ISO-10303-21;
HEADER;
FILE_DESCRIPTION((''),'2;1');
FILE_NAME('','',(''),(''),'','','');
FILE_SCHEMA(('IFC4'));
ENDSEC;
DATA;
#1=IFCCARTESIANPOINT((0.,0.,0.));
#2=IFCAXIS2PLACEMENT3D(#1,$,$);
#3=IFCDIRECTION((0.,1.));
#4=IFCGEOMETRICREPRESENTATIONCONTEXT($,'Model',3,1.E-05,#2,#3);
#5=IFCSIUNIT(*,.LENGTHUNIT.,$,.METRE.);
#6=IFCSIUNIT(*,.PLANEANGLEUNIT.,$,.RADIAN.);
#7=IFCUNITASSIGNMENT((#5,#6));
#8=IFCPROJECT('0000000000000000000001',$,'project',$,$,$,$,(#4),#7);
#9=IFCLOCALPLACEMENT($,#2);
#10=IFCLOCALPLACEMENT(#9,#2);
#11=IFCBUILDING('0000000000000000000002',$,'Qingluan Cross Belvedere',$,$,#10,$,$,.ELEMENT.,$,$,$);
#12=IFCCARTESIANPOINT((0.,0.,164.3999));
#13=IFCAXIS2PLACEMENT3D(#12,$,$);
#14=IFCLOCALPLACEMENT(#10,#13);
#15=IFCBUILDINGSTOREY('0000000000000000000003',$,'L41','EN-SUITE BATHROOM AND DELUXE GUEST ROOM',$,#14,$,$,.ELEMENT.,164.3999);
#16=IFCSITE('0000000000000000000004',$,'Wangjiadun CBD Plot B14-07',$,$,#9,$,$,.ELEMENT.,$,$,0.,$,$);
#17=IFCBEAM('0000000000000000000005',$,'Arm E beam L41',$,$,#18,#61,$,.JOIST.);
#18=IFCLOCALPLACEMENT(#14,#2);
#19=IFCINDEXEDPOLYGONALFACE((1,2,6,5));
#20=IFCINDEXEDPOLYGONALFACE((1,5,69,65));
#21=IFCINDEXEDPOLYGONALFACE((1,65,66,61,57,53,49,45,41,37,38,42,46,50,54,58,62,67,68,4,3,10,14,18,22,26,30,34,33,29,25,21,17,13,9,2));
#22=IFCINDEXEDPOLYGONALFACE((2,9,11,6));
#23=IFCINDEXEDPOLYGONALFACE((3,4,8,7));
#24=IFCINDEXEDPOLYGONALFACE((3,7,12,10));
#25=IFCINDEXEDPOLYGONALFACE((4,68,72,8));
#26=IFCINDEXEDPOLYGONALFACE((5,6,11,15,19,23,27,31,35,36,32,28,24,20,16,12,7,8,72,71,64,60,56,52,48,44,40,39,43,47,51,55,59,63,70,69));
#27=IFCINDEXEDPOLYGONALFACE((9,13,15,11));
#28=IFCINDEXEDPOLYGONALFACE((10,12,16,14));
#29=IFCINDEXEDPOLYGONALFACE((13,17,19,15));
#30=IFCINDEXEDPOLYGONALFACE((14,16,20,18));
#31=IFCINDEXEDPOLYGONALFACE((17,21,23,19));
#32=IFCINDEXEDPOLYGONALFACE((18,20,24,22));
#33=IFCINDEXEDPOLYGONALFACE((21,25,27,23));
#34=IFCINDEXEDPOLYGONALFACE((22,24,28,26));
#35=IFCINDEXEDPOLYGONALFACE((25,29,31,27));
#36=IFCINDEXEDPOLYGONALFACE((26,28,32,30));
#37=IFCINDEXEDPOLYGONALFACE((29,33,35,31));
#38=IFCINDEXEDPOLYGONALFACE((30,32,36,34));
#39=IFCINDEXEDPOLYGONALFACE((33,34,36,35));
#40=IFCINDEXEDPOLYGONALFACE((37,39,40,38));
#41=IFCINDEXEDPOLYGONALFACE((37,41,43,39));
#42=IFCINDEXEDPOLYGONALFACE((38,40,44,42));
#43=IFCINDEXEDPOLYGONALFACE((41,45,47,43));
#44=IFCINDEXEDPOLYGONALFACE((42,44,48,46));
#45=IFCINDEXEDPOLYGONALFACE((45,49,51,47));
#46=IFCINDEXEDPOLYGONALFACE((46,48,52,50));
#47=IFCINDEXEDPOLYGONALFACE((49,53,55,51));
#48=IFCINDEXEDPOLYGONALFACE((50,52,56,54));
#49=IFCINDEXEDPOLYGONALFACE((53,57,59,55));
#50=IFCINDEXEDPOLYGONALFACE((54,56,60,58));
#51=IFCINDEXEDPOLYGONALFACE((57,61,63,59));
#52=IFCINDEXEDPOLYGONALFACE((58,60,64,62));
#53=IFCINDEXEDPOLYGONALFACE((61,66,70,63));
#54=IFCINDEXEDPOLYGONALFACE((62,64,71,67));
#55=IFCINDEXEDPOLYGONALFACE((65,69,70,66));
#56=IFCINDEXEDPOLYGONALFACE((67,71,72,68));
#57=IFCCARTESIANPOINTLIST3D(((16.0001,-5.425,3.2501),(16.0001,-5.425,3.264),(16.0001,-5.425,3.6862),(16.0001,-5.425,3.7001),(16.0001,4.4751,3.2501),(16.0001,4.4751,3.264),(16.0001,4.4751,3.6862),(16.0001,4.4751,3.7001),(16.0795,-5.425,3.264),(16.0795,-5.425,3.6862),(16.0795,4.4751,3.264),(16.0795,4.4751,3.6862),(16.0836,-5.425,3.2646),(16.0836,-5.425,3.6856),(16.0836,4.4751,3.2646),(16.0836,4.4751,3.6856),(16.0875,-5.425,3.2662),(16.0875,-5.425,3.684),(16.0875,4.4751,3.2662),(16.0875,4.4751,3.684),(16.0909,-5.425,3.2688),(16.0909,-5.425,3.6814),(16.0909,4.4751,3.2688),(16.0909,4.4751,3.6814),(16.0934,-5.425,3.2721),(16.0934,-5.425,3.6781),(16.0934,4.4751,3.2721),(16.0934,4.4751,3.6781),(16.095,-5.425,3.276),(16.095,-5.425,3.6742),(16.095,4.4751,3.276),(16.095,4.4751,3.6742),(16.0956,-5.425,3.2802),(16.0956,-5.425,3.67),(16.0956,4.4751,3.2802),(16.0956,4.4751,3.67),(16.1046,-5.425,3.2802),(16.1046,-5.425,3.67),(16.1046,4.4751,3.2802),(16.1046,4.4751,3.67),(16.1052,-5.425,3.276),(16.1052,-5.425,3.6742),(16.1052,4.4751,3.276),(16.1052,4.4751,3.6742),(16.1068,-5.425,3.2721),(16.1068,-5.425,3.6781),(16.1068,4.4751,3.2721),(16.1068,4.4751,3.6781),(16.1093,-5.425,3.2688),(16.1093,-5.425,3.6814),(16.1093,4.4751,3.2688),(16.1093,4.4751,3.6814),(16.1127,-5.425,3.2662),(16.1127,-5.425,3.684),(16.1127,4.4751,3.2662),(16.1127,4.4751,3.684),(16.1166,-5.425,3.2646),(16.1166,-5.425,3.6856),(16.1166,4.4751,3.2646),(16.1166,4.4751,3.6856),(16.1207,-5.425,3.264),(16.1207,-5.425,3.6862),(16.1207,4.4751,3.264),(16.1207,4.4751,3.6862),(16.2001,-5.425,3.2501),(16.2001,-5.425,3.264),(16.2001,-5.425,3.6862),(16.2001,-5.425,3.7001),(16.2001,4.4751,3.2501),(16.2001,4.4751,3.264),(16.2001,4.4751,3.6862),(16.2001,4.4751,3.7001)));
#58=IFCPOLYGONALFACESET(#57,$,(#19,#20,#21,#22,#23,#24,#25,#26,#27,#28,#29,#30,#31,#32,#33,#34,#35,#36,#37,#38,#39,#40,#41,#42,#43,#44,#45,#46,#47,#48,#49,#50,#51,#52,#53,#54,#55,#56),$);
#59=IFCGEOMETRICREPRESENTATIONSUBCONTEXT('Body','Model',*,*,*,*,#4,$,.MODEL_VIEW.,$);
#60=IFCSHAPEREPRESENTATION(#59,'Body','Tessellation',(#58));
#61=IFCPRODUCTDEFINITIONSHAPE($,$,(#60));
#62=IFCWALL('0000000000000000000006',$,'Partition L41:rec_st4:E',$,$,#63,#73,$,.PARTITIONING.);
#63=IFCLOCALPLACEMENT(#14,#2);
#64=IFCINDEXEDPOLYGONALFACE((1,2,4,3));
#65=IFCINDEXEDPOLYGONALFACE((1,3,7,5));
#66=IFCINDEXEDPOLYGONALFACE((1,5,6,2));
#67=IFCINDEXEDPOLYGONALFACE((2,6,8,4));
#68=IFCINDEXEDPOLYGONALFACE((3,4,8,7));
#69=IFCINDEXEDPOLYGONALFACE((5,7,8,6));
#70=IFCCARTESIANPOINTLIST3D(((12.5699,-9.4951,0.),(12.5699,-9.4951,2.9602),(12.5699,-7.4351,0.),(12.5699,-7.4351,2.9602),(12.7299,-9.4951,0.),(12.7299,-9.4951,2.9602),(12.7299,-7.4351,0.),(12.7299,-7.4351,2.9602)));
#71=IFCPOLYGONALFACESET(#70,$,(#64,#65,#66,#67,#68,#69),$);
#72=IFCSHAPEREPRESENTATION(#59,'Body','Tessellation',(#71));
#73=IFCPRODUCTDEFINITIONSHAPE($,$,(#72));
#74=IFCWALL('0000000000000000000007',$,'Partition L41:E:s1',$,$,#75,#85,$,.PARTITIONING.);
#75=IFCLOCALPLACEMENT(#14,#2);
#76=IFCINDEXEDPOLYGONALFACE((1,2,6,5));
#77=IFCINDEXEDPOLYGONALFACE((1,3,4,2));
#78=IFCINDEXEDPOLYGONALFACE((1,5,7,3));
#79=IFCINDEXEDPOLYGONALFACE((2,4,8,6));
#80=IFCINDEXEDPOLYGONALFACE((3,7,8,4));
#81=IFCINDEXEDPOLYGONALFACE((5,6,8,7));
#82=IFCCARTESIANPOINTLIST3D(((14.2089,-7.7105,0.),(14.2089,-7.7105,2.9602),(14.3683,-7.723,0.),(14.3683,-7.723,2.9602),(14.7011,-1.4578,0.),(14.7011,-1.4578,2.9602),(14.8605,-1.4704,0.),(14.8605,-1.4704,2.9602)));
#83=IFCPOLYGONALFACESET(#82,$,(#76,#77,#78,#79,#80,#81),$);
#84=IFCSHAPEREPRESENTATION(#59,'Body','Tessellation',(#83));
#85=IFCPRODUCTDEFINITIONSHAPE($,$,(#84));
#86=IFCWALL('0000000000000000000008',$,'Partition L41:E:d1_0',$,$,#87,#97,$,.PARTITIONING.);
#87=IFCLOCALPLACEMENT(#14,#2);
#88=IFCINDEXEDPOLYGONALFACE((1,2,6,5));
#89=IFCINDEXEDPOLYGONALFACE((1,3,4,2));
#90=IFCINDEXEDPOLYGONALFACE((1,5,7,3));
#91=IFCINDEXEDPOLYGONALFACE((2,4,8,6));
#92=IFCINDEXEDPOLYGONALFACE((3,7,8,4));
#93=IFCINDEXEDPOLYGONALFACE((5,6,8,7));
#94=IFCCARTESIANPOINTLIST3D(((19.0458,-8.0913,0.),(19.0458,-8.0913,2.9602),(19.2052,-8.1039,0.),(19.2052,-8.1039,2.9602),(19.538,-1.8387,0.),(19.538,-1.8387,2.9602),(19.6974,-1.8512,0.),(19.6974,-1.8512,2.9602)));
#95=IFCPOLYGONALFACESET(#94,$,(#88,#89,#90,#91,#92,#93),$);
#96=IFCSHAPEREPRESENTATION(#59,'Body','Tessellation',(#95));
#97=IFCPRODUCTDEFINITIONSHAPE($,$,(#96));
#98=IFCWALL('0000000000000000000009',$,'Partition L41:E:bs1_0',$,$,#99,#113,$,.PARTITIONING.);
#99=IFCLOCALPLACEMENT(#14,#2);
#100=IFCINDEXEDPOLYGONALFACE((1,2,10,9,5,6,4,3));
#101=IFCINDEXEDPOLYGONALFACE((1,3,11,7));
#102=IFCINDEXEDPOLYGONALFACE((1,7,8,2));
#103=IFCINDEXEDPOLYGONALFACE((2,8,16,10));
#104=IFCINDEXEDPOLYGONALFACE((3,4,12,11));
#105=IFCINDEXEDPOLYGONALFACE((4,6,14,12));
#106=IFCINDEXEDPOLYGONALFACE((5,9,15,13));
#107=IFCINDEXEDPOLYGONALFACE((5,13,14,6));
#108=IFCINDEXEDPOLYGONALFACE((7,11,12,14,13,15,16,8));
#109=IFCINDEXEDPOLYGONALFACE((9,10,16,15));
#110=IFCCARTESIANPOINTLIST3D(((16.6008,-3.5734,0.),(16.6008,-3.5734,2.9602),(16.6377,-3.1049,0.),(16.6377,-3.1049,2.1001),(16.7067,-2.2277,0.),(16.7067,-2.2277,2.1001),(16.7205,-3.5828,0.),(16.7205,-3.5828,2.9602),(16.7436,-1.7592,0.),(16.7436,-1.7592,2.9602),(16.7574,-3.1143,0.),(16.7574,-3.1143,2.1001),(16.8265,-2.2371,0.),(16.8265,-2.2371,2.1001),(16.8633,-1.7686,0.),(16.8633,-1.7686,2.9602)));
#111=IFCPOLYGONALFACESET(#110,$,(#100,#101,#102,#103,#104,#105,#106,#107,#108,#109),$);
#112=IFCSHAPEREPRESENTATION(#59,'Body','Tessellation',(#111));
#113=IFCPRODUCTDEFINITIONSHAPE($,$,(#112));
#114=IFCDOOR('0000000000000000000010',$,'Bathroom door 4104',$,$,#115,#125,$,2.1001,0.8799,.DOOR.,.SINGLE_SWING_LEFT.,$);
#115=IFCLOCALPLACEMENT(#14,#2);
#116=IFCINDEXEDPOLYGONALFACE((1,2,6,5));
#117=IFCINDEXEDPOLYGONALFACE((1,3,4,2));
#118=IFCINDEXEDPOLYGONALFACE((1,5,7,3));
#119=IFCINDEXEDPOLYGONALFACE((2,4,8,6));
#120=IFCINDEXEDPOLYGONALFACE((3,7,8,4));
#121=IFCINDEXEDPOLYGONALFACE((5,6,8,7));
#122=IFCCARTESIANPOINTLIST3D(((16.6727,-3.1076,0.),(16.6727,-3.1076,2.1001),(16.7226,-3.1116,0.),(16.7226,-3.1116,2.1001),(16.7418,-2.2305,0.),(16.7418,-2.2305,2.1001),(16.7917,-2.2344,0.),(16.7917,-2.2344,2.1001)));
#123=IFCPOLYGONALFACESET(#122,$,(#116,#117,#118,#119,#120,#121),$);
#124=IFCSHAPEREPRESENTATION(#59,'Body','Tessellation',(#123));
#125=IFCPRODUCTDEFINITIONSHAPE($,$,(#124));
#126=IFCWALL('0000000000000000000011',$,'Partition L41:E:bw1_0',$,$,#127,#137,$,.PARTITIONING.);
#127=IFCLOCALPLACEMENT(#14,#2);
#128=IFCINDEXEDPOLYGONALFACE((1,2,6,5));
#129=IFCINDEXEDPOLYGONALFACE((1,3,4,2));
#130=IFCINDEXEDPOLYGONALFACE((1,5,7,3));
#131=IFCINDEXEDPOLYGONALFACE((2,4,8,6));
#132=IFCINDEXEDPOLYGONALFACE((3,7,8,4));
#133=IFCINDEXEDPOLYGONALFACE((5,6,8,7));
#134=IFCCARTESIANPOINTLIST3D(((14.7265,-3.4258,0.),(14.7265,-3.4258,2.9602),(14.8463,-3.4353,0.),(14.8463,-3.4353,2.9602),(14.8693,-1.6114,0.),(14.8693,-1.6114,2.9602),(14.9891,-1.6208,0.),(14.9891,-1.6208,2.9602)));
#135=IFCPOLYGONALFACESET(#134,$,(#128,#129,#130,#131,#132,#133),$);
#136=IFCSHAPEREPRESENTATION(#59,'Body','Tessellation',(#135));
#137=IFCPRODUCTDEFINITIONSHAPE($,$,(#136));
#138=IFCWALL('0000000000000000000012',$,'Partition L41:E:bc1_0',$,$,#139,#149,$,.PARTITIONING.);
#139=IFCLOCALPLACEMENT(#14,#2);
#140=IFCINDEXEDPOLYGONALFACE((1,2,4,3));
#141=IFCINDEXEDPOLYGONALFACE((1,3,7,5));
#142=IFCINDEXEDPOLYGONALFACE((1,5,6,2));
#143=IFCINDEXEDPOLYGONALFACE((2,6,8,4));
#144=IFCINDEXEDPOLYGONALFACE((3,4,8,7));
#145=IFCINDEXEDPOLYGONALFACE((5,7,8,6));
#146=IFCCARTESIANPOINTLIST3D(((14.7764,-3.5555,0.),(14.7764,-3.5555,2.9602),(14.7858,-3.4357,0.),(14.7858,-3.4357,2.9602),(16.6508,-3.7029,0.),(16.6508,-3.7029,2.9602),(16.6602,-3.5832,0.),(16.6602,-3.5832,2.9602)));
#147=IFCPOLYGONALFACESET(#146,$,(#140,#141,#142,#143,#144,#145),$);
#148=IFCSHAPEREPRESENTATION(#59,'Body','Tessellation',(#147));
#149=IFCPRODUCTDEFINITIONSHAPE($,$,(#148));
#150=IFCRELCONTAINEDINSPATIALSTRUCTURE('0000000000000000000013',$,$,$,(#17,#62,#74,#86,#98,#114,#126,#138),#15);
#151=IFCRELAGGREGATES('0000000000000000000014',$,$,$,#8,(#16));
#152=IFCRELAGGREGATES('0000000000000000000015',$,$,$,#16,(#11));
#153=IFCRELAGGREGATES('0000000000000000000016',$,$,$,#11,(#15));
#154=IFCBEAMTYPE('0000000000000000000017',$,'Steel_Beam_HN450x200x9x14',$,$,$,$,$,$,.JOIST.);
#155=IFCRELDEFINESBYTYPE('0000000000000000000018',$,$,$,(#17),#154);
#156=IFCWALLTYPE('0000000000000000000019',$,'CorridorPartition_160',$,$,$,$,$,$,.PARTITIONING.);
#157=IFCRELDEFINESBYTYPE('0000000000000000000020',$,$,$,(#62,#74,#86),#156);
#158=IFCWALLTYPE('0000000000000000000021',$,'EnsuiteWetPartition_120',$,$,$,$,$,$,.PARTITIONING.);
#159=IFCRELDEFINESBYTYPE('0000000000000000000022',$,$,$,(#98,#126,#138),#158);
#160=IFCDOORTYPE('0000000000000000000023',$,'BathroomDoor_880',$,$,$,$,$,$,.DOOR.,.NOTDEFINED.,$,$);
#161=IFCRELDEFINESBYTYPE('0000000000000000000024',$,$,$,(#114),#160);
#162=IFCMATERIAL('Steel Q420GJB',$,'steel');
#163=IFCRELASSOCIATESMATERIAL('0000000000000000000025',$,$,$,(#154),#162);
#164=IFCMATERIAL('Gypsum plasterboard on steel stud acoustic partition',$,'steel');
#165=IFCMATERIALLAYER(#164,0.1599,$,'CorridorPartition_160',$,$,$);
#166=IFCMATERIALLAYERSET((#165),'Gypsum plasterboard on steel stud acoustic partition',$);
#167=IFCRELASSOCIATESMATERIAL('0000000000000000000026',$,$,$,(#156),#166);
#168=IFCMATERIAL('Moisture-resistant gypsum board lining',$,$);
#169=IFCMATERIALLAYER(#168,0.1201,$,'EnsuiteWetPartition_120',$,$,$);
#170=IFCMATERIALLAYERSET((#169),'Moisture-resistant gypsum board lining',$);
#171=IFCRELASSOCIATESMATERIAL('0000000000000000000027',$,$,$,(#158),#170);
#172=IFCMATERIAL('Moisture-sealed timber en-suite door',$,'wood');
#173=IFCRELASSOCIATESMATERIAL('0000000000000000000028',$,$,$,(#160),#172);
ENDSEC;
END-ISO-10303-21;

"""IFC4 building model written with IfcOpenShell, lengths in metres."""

from ifc_helpers import new_model, si_unit, direction, frame, frame_2d, origin, origin_2d, place, context, subcontext, project, spatial, rectangle, i_section, extrude, material, layer, layer_set, material_profile, profile_set, type_object, element, fill, save


model = new_model("IFC4")

# Units and contexts
model_context = context("Model", 3, precision=1e-05, world=origin(), true_north=direction((0.0, 1.0)))
body_context = subcontext(model_context, "Body", "Model", "MODEL_VIEW")
ifc_project = project(units=[si_unit("LENGTHUNIT", "METRE"), si_unit("PLANEANGLEUNIT", "RADIAN")], contexts=[model_context])

# Site, building, storey
site_placement = place(None, origin())
site = spatial("IfcSite", under=ifc_project, at=site_placement, Name="Wangjiadun CBD Plot B14-07", CompositionType="ELEMENT", RefElevation=0.0)
building_placement = place(site_placement, origin())
building = spatial("IfcBuilding", under=site, at=building_placement, Name="Qingluan Cross Belvedere", CompositionType="ELEMENT")
storey_placement = place(building_placement, frame((0.0, 0.0, 164.3999)))
storey = spatial("IfcBuildingStorey", under=building, at=storey_placement, Name="L41", Description="EN-SUITE BATHROOM AND DELUXE GUEST ROOM", CompositionType="ELEMENT", Elevation=164.3999)

# Beam
ifc_material_1 = material(Name="Steel Q420GJB", Category="steel")
ifc_material_profile = material_profile(ifc_material_1, i_section(OverallWidth=0.2, OverallDepth=0.45, WebThickness=0.009, FlangeThickness=0.0139, FilletRadius=0.0161, at=origin_2d()), Name="HN450x200x9x14")
ifc_profile_set = profile_set([ifc_material_profile], Name="Steel Q420GJB")
beam_type = type_object("IfcBeamType", Name="Steel_Beam_HN450x200x9x14", PredefinedType="JOIST", material=ifc_profile_set)
beam_placement = place(storey_placement, frame((16.1001, -5.425, 3.4751), z_axis=(0.0, 1.0, 0.0), x_axis=(-1.0, 0.0, 0.0)))
element("IfcBeam", 1, at=beam_placement, inside=storey, type_object=beam_type, Name="Arm E beam L41", PredefinedType="JOIST", context=body_context, shape_type="SweptSolid", body=[
    extrude(i_section(OverallWidth=0.2, OverallDepth=0.45, WebThickness=0.009, FlangeThickness=0.0139, FilletRadius=0.0161, at=origin_2d()), origin(), (0.0, 0.0, 1.0), 9.9001),
])

# Wall
ifc_material_2 = material(Name="Gypsum plasterboard on steel stud acoustic partition", Category="steel")
ifc_layer_1 = layer(ifc_material_2, 0.1599, Name="CorridorPartition_160")
ifc_layer_set_1 = layer_set([ifc_layer_1], Name="Gypsum plasterboard on steel stud acoustic partition")
wall_type_1 = type_object("IfcWallType", Name="CorridorPartition_160", PredefinedType="PARTITIONING", material=ifc_layer_set_1)
wall_1_placement = place(storey_placement, frame((12.6499, -9.4951, 0.0), z_axis=(0.0, 0.0, 1.0), x_axis=(0.0, 1.0, 0.0)))
element("IfcWall", 2, at=wall_1_placement, inside=storey, type_object=wall_type_1, Name="Partition L41:rec_st4:E", PredefinedType="PARTITIONING", context=body_context, shape_type="SweptSolid", body=[
    extrude(rectangle(XDim=2.0601, YDim=0.1599, at=frame_2d((1.03, 0.0))), origin(), (0.0, 0.0, 1.0), 2.9602),
])

# Walls
for number, where, z_axis, x_axis, name in (
    (3, (14.7808, -1.4641, 0.0), (0.0, 0.0, 1.0), (-0.078473, -0.996916, 0.0), "Partition L41:E:s1"),
    (4, (19.6177, -1.845, 0.0), (0.0, 0.0, 1.0), (-0.078473, -0.996916, 0.0), "Partition L41:E:d1_0"),
):
    element("IfcWall", number, at=place(storey_placement, frame(where, z_axis=z_axis, x_axis=x_axis)), inside=storey, type_object=wall_type_1, Name=name, PredefinedType="PARTITIONING", context=body_context, shape_type="SweptSolid", body=[
        extrude(rectangle(XDim=6.272, YDim=0.1599, at=frame_2d((3.136, 0.0))), origin(), (0.0, 0.0, 1.0), 2.9602),
    ])

# Wall, opening, door
ifc_material_3 = material(Name="Moisture-resistant gypsum board lining")
ifc_layer_2 = layer(ifc_material_3, 0.1201, Name="EnsuiteWetPartition_120")
ifc_layer_set_2 = layer_set([ifc_layer_2], Name="Moisture-resistant gypsum board lining")
wall_type_2 = type_object("IfcWallType", Name="EnsuiteWetPartition_120", PredefinedType="PARTITIONING", material=ifc_layer_set_2)
wall_2_placement = place(storey_placement, frame((16.6606, -3.5781, 0.0), z_axis=(0.0, 0.0, 1.0), x_axis=(0.078481, 0.996916, 0.0)))
wall_2 = element("IfcWall", 5, at=wall_2_placement, inside=storey, type_object=wall_type_2, Name="Partition L41:E:bs1_0", PredefinedType="PARTITIONING", context=body_context, shape_type="SweptSolid", body=[
    extrude(rectangle(XDim=1.8198, YDim=0.1201, at=frame_2d((0.9099, 0.0))), origin(), (0.0, 0.0, 1.0), 2.9602),
])
opening_1_placement = place(wall_2_placement, frame((0.47, 0.0, 0.0)))
opening_1 = element("IfcOpeningElement", 6, at=opening_1_placement, cuts=wall_2, PredefinedType="OPENING", context=body_context, shape_type="SweptSolid", body=[
    extrude(rectangle(XDim=0.8799, YDim=2.1001, at=frame_2d((0.4399, 1.05))), frame((0.0, 0.0701, 0.0), z_axis=(0.0, -1.0, 0.0), x_axis=(1.0, 0.0, 0.0)), (0.0, 0.0, 1.0), 0.1401),
])
ifc_material_4 = material(Name="Moisture-sealed timber en-suite door", Category="wood")
door_type_1 = type_object("IfcDoorType", Name="BathroomDoor_880", OperationType="NOTDEFINED", PredefinedType="DOOR", material=ifc_material_4)
door_1_placement = place(opening_1_placement, origin())
door_1 = element("IfcDoor", 7, at=door_1_placement, inside=storey, type_object=door_type_1, Name="Bathroom door 4104", OperationType="SINGLE_SWING_LEFT", OverallHeight=2.1001, OverallWidth=0.8799, PredefinedType="DOOR", context=body_context, shape_type="SweptSolid", body=[
    extrude(rectangle(XDim=0.8799, YDim=2.1001, at=frame_2d((0.4399, 1.05))), frame((0.0, 0.0249, 0.0), z_axis=(0.0, -1.0, 0.0), x_axis=(1.0, 0.0, 0.0)), (0.0, 0.0, 1.0), 0.05),
])
fill(opening_1, door_1)

# Walls
wall_3_placement = place(storey_placement, frame((14.7864, -3.4307, 0.0), z_axis=(0.0, 0.0, 1.0), x_axis=(0.078471, 0.996916, 0.0)))
element("IfcWall", 8, at=wall_3_placement, inside=storey, type_object=wall_type_2, Name="Partition L41:E:bw1_0", PredefinedType="PARTITIONING", context=body_context, shape_type="SweptSolid", body=[
    extrude(rectangle(XDim=1.8201, YDim=0.1201, at=frame_2d((0.9102, 0.0))), origin(), (0.0, 0.0, 1.0), 2.9602),
])
wall_4_placement = place(storey_placement, frame((14.7812, -3.4956, 0.0), z_axis=(0.0, 0.0, 1.0), x_axis=(0.996919, -0.078434, 0.0)))
element("IfcWall", 9, at=wall_4_placement, inside=storey, type_object=wall_type_2, Name="Partition L41:E:bc1_0", PredefinedType="PARTITIONING", context=body_context, shape_type="SweptSolid", body=[
    extrude(rectangle(XDim=1.8801, YDim=0.1201, at=frame_2d((0.9399, 0.0))), origin(), (0.0, 0.0, 1.0), 2.9602),
])

save(model, "model.ifc")
